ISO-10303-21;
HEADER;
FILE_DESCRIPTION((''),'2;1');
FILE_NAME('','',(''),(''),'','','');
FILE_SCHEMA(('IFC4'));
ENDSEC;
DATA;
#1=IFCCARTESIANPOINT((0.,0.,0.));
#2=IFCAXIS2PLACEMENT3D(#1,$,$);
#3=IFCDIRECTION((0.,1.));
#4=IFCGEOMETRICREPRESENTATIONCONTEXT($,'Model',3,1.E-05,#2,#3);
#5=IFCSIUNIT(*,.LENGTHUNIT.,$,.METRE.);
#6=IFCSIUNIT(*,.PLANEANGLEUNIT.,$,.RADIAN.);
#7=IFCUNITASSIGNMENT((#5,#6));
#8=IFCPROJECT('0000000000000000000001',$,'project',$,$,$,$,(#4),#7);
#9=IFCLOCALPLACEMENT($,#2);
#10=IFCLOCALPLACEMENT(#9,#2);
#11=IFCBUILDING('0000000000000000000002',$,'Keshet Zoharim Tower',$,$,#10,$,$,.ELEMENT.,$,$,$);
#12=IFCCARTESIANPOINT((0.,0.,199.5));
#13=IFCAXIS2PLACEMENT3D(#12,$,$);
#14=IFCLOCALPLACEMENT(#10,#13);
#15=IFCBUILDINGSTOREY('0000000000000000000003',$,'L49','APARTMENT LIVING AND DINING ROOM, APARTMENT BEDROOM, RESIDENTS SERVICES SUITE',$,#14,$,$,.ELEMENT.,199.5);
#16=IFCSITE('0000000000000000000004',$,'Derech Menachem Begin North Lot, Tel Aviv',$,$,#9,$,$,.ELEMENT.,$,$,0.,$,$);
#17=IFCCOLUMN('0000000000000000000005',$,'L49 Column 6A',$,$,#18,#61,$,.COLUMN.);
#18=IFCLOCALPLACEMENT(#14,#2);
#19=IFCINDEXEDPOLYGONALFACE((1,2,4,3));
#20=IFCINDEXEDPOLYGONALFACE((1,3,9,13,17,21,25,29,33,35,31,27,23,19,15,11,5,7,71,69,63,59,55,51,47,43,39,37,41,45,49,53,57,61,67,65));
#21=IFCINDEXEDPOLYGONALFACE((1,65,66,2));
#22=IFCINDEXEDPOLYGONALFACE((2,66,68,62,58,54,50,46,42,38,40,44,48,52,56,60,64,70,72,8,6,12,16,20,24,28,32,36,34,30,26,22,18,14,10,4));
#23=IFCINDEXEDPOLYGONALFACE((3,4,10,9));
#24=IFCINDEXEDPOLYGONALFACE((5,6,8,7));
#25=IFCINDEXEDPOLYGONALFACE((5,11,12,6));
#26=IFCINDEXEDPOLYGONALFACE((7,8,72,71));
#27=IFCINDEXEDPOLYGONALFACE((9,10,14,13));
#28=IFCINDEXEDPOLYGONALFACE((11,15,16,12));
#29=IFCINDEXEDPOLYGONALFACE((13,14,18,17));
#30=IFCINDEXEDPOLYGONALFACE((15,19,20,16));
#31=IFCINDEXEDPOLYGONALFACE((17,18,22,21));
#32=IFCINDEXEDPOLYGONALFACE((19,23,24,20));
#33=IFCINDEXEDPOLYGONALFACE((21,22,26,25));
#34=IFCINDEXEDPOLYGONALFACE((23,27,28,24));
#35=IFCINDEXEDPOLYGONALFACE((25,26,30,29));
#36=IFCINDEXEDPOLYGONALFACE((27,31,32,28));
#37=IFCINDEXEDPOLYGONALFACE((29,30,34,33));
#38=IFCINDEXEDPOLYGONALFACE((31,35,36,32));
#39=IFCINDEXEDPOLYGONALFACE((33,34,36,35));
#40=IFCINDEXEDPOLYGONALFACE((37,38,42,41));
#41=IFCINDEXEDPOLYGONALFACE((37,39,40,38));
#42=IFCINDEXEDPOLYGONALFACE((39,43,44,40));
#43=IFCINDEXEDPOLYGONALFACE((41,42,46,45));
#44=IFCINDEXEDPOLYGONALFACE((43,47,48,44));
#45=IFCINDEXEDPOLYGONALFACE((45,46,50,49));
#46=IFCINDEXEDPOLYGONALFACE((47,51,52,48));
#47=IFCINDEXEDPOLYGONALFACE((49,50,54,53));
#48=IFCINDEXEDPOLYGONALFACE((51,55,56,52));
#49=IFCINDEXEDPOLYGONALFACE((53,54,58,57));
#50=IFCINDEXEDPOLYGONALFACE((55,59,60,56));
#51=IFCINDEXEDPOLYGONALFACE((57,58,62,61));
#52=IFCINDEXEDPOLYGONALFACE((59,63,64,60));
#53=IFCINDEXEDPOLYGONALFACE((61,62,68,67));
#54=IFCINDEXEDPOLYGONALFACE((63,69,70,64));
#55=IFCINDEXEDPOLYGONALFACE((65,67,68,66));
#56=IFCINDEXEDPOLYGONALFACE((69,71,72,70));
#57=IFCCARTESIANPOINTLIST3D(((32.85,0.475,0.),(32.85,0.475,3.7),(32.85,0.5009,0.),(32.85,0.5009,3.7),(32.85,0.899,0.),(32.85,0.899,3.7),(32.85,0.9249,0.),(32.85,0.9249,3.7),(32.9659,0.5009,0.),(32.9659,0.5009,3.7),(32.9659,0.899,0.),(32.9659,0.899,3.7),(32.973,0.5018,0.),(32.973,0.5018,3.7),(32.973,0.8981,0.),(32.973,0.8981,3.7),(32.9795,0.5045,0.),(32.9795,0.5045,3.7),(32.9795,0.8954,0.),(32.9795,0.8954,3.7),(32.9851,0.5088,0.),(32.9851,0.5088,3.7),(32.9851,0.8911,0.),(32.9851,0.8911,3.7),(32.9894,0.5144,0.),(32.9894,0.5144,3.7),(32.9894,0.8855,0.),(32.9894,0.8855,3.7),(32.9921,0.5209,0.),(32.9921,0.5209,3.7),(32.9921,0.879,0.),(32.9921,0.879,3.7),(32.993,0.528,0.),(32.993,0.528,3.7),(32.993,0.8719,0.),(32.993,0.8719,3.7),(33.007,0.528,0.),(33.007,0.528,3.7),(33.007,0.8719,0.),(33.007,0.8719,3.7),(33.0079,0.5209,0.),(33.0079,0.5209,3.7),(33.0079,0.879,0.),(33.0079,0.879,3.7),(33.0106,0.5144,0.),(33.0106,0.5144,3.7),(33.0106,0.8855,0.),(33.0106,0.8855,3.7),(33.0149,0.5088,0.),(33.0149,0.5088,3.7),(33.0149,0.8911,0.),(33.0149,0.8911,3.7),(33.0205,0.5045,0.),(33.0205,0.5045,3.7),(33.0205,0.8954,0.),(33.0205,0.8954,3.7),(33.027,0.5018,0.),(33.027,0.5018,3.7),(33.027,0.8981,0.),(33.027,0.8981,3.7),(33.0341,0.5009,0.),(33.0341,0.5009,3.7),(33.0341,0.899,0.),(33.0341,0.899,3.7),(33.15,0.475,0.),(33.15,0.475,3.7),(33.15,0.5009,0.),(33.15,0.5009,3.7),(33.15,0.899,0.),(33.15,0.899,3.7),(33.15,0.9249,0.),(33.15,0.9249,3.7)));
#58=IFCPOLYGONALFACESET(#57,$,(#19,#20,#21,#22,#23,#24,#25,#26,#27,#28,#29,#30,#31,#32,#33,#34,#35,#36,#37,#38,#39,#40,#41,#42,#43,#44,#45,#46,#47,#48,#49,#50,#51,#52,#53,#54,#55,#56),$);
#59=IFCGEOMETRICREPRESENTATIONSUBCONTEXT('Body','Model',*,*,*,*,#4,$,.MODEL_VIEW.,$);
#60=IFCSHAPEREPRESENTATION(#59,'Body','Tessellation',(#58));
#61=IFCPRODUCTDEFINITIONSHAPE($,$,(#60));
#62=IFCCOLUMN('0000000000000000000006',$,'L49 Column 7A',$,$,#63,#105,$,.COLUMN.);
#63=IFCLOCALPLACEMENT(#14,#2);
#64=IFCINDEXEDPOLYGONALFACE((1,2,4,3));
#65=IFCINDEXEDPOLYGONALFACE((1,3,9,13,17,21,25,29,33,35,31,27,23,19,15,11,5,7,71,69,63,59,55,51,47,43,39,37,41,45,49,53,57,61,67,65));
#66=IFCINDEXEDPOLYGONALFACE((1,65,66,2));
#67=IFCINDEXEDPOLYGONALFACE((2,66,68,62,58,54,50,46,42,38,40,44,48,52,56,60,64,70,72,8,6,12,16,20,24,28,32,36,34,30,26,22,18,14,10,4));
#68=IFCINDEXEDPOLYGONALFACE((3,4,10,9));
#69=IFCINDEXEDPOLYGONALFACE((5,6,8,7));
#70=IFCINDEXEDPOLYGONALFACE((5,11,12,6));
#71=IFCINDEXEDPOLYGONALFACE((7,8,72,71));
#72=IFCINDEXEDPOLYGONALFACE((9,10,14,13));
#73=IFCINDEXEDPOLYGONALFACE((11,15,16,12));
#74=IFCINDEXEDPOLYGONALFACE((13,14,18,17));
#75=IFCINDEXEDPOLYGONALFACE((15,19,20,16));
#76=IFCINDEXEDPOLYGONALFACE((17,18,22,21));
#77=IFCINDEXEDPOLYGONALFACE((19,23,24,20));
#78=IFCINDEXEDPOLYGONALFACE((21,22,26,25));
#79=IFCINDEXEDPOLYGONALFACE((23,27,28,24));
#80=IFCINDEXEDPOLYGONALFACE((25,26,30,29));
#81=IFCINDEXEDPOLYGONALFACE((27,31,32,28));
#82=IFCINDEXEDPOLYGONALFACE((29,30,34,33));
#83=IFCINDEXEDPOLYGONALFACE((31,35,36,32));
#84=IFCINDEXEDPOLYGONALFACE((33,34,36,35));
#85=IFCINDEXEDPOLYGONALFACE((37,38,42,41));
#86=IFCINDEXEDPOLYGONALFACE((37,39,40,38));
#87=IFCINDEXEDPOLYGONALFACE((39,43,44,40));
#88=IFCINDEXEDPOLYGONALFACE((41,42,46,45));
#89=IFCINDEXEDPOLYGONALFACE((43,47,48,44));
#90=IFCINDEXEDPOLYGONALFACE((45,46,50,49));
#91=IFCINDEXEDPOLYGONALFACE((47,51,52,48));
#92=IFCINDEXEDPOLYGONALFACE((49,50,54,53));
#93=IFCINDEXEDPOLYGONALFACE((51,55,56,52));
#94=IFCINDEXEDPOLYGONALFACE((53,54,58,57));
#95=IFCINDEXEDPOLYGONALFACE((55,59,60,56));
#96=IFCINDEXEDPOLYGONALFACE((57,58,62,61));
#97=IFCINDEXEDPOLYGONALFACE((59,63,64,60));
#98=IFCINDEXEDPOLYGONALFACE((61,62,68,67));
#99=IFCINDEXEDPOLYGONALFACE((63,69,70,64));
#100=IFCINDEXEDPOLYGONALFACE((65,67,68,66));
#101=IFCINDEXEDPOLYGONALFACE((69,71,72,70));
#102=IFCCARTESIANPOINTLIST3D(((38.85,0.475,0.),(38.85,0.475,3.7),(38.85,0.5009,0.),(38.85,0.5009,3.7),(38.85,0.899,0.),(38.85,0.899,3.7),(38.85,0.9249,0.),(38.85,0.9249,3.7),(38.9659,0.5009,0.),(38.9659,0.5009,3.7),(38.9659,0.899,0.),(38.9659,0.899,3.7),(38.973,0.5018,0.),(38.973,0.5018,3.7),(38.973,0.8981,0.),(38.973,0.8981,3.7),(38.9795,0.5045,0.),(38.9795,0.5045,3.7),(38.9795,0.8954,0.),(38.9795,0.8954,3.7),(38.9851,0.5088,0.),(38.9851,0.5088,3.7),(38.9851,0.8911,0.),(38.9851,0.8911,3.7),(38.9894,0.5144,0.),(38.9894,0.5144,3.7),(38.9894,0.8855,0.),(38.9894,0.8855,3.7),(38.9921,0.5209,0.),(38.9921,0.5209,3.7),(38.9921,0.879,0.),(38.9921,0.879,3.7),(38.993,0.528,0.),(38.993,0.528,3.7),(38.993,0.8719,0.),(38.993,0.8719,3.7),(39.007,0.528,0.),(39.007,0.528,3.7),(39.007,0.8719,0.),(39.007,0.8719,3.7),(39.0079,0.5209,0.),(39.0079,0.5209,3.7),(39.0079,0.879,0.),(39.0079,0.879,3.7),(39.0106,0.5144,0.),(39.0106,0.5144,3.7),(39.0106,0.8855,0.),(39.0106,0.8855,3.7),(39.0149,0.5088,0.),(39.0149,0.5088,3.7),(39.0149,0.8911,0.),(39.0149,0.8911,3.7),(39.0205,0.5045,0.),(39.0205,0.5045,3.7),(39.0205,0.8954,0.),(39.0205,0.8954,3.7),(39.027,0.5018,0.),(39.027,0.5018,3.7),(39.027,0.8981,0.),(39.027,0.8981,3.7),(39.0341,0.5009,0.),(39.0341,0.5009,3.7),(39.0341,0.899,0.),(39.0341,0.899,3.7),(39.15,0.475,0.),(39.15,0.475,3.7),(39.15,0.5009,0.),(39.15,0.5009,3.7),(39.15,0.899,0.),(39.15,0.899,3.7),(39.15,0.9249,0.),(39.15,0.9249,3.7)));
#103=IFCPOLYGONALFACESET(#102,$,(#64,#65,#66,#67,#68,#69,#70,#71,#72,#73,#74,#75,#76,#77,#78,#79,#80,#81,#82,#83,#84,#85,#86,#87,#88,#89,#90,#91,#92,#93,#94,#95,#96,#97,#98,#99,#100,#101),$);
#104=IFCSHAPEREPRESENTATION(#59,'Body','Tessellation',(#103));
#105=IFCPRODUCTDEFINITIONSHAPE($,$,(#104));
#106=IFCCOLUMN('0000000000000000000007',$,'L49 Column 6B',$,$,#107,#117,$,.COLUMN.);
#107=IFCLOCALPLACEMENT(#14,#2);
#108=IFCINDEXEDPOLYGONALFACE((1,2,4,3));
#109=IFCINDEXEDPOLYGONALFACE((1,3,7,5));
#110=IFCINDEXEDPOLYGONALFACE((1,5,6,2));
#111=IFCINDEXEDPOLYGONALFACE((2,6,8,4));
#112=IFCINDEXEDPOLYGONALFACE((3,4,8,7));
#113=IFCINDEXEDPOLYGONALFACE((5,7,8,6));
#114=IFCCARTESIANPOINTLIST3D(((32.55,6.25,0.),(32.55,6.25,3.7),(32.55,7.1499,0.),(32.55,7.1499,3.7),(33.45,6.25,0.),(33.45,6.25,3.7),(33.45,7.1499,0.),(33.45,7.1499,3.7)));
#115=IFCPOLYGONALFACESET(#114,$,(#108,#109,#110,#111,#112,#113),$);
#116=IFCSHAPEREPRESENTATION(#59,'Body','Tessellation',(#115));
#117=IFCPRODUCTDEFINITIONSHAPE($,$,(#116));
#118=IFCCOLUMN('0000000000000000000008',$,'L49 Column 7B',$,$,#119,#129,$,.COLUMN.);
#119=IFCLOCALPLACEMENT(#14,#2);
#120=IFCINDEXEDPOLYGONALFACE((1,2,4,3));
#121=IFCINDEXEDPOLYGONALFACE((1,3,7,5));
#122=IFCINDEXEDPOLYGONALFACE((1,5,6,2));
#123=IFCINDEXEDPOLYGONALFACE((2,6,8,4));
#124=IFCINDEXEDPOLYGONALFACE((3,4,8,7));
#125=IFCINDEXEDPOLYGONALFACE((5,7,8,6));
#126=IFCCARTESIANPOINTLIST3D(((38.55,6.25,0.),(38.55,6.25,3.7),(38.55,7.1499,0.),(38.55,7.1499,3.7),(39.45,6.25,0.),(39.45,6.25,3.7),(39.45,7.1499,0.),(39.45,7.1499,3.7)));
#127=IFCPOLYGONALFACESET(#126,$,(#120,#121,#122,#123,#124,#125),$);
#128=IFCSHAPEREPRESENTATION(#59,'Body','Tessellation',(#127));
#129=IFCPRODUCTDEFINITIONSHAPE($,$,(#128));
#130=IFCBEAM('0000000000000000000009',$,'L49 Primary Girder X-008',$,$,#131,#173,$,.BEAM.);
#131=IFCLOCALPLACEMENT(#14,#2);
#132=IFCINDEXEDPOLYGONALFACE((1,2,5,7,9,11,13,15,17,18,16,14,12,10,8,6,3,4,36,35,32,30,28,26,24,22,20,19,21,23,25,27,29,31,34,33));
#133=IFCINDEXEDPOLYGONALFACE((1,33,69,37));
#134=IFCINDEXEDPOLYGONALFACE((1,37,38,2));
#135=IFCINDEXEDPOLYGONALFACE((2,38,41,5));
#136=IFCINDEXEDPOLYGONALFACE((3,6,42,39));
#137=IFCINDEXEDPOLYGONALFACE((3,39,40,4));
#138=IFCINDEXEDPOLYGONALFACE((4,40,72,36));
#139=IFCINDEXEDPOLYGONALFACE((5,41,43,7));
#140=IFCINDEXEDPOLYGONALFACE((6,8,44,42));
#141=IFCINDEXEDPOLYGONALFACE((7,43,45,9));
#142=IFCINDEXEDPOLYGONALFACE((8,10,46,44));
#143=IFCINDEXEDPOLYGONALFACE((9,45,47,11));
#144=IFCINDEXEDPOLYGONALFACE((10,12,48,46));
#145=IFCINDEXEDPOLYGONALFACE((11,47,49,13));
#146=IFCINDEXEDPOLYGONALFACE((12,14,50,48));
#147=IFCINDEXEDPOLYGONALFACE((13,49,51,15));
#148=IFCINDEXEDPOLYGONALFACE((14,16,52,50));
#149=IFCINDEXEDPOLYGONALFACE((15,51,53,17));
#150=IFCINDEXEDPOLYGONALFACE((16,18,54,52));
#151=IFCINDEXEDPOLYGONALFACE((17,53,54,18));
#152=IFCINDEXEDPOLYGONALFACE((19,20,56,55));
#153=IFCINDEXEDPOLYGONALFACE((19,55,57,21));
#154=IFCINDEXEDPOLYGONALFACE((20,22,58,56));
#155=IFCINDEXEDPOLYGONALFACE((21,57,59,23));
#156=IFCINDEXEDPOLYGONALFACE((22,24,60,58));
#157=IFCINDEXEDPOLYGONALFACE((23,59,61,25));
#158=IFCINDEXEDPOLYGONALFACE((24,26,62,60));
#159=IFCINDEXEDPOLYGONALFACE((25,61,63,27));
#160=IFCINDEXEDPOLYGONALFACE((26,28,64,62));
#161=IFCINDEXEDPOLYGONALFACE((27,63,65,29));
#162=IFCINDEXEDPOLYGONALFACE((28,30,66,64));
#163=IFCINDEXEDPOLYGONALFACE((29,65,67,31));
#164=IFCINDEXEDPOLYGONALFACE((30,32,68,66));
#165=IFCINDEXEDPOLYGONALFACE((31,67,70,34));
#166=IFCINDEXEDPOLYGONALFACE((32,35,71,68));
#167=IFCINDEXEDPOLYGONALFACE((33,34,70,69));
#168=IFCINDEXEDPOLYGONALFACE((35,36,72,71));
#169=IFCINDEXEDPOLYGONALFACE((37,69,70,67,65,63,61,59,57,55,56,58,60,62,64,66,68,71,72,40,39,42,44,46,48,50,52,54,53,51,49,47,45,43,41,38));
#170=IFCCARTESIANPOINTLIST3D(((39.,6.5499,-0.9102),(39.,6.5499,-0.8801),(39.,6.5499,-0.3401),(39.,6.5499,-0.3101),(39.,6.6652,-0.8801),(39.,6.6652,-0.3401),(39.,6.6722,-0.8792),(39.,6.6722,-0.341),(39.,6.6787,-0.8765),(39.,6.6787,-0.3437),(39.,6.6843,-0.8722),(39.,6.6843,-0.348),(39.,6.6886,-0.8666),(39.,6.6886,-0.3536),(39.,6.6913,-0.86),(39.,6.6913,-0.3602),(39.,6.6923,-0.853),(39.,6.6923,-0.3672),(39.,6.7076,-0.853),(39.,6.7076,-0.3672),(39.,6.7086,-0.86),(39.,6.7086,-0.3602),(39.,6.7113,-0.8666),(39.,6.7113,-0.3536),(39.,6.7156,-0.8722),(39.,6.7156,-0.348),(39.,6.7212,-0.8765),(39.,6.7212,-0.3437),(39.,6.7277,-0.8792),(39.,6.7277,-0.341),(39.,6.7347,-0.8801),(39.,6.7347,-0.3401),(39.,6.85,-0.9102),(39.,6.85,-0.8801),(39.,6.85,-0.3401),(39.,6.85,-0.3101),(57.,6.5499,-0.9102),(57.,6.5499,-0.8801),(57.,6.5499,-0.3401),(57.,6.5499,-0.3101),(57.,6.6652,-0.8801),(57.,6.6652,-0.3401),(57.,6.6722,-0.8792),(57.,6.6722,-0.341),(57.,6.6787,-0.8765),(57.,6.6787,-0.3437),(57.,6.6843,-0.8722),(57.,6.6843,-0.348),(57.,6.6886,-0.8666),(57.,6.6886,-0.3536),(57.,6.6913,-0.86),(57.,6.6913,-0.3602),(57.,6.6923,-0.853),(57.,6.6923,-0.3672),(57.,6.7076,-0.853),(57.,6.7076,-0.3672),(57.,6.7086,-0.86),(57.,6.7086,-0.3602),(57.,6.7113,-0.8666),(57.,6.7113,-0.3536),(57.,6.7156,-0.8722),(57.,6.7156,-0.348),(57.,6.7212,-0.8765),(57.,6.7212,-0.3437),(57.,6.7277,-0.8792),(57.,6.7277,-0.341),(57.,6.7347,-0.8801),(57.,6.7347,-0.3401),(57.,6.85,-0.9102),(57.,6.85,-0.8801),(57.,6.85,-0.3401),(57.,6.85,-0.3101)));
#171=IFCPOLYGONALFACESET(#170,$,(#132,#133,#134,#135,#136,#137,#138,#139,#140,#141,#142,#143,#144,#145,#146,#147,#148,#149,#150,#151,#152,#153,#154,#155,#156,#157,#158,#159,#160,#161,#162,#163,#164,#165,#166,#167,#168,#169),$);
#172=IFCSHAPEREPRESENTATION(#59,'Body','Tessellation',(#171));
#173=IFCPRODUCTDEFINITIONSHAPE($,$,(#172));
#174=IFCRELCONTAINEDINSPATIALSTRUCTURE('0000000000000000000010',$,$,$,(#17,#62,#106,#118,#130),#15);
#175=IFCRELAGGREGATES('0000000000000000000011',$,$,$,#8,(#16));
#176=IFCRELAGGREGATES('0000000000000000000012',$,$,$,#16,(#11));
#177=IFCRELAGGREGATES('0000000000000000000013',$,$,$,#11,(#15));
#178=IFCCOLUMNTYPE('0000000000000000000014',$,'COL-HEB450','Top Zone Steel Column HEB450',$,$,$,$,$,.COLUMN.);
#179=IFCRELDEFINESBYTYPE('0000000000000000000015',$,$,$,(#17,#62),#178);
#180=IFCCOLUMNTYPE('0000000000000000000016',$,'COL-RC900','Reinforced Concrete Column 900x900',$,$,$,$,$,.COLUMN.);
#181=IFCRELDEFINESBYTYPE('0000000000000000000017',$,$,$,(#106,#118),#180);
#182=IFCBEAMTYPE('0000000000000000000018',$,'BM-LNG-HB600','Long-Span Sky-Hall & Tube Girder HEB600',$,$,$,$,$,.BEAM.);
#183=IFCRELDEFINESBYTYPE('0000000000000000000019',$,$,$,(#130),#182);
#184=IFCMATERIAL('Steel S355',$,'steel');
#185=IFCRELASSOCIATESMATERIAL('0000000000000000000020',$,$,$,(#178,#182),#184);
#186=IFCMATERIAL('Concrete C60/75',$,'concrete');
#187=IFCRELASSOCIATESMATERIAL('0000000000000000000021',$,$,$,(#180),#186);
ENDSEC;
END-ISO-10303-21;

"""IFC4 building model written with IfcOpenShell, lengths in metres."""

from ifc_helpers import new_model, si_unit, direction, frame, origin, origin_2d, place, context, subcontext, project, spatial, rectangle, i_section, extrude, material, material_profile, profile_set, type_object, element, save


model = new_model("IFC4")

# Units and contexts
model_context = context("Model", 3, precision=1e-05, world=origin(), true_north=direction((0.0, 1.0)))
body_context = subcontext(model_context, "Body", "Model", "MODEL_VIEW")
ifc_project = project(units=[si_unit("LENGTHUNIT", "METRE"), si_unit("PLANEANGLEUNIT", "RADIAN")], contexts=[model_context])

# Site, building, storey
site_placement = place(None, origin())
site = spatial("IfcSite", under=ifc_project, at=site_placement, Name="Derech Menachem Begin North Lot, Tel Aviv", CompositionType="ELEMENT", RefElevation=0.0)
building_placement = place(site_placement, origin())
building = spatial("IfcBuilding", under=site, at=building_placement, Name="Keshet Zoharim Tower", CompositionType="ELEMENT")
storey_placement = place(building_placement, frame((0.0, 0.0, 199.5)))
storey = spatial("IfcBuildingStorey", under=building, at=storey_placement, Name="L49", Description="APARTMENT LIVING AND DINING ROOM, APARTMENT BEDROOM, RESIDENTS SERVICES SUITE", CompositionType="ELEMENT", Elevation=199.5)

# Columns
ifc_material_1 = material(Name="Steel S355", Category="steel")
ifc_material_profile_1 = material_profile(ifc_material_1, i_section(OverallWidth=0.3, OverallDepth=0.45, WebThickness=0.0139, FlangeThickness=0.0259, FilletRadius=0.0271, at=origin_2d()), Name="HEB450")
ifc_profile_set_1 = profile_set([ifc_material_profile_1], Name="Steel S355")
column_type_1 = type_object("IfcColumnType", Name="COL-HEB450", Description="Top Zone Steel Column HEB450", PredefinedType="COLUMN", material=ifc_profile_set_1)
for number, where, z_axis, x_axis, name in (
    (1, (33.0, 0.7, 0.0), (0.0, 0.0, 1.0), (1.0, 0.0, 0.0), "L49 Column 6A"),
    (2, (39.0, 0.7, 0.0), (0.0, 0.0, 1.0), (1.0, 0.0, 0.0), "L49 Column 7A"),
):
    element("IfcColumn", number, at=place(storey_placement, frame(where, z_axis=z_axis, x_axis=x_axis)), inside=storey, type_object=column_type_1, Name=name, PredefinedType="COLUMN", context=body_context, shape_type="SweptSolid", body=[
        extrude(i_section(OverallWidth=0.3, OverallDepth=0.45, WebThickness=0.0139, FlangeThickness=0.0259, FilletRadius=0.0271, at=origin_2d()), origin(), (0.0, 0.0, 1.0), 3.7),
    ])
ifc_material_2 = material(Name="Concrete C60/75", Category="concrete")
ifc_material_profile_2 = material_profile(ifc_material_2, rectangle(XDim=0.8999, YDim=0.8999, at=origin_2d()), Name="RC900x900")
ifc_profile_set_2 = profile_set([ifc_material_profile_2], Name="Concrete C60/75")
column_type_2 = type_object("IfcColumnType", Name="COL-RC900", Description="Reinforced Concrete Column 900x900", PredefinedType="COLUMN", material=ifc_profile_set_2)
for number, where, z_axis, x_axis, name in (
    (3, (33.0, 6.7, 0.0), (0.0, 0.0, 1.0), (1.0, 0.0, 0.0), "L49 Column 6B"),
    (4, (39.0, 6.7, 0.0), (0.0, 0.0, 1.0), (1.0, 0.0, 0.0), "L49 Column 7B"),
):
    element("IfcColumn", number, at=place(storey_placement, frame(where, z_axis=z_axis, x_axis=x_axis)), inside=storey, type_object=column_type_2, Name=name, PredefinedType="COLUMN", context=body_context, shape_type="SweptSolid", body=[
        extrude(rectangle(XDim=0.8999, YDim=0.8999, at=origin_2d()), origin(), (0.0, 0.0, 1.0), 3.7),
    ])

# Beam
ifc_material_profile_3 = material_profile(ifc_material_1, i_section(OverallWidth=0.3, OverallDepth=0.6001, WebThickness=0.0154, FlangeThickness=0.03, FilletRadius=0.0271, at=origin_2d()), Name="HEB600")
ifc_profile_set_3 = profile_set([ifc_material_profile_3], Name="Steel S355")
beam_type_1 = type_object("IfcBeamType", Name="BM-LNG-HB600", Description="Long-Span Sky-Hall & Tube Girder HEB600", PredefinedType="BEAM", material=ifc_profile_set_3)
beam_placement = place(storey_placement, frame((39.0, 6.7, -0.6101), z_axis=(1.0, 0.0, 0.0), x_axis=(0.0, 1.0, 0.0)))
element("IfcBeam", 5, at=beam_placement, inside=storey, type_object=beam_type_1, Name="L49 Primary Girder X-008", PredefinedType="BEAM", context=body_context, shape_type="SweptSolid", body=[
    extrude(i_section(OverallWidth=0.3, OverallDepth=0.6001, WebThickness=0.0154, FlangeThickness=0.03, FilletRadius=0.0271, at=origin_2d()), origin(), (0.0, 0.0, 1.0), 18.0),
])

save(model, "model.ifc")
